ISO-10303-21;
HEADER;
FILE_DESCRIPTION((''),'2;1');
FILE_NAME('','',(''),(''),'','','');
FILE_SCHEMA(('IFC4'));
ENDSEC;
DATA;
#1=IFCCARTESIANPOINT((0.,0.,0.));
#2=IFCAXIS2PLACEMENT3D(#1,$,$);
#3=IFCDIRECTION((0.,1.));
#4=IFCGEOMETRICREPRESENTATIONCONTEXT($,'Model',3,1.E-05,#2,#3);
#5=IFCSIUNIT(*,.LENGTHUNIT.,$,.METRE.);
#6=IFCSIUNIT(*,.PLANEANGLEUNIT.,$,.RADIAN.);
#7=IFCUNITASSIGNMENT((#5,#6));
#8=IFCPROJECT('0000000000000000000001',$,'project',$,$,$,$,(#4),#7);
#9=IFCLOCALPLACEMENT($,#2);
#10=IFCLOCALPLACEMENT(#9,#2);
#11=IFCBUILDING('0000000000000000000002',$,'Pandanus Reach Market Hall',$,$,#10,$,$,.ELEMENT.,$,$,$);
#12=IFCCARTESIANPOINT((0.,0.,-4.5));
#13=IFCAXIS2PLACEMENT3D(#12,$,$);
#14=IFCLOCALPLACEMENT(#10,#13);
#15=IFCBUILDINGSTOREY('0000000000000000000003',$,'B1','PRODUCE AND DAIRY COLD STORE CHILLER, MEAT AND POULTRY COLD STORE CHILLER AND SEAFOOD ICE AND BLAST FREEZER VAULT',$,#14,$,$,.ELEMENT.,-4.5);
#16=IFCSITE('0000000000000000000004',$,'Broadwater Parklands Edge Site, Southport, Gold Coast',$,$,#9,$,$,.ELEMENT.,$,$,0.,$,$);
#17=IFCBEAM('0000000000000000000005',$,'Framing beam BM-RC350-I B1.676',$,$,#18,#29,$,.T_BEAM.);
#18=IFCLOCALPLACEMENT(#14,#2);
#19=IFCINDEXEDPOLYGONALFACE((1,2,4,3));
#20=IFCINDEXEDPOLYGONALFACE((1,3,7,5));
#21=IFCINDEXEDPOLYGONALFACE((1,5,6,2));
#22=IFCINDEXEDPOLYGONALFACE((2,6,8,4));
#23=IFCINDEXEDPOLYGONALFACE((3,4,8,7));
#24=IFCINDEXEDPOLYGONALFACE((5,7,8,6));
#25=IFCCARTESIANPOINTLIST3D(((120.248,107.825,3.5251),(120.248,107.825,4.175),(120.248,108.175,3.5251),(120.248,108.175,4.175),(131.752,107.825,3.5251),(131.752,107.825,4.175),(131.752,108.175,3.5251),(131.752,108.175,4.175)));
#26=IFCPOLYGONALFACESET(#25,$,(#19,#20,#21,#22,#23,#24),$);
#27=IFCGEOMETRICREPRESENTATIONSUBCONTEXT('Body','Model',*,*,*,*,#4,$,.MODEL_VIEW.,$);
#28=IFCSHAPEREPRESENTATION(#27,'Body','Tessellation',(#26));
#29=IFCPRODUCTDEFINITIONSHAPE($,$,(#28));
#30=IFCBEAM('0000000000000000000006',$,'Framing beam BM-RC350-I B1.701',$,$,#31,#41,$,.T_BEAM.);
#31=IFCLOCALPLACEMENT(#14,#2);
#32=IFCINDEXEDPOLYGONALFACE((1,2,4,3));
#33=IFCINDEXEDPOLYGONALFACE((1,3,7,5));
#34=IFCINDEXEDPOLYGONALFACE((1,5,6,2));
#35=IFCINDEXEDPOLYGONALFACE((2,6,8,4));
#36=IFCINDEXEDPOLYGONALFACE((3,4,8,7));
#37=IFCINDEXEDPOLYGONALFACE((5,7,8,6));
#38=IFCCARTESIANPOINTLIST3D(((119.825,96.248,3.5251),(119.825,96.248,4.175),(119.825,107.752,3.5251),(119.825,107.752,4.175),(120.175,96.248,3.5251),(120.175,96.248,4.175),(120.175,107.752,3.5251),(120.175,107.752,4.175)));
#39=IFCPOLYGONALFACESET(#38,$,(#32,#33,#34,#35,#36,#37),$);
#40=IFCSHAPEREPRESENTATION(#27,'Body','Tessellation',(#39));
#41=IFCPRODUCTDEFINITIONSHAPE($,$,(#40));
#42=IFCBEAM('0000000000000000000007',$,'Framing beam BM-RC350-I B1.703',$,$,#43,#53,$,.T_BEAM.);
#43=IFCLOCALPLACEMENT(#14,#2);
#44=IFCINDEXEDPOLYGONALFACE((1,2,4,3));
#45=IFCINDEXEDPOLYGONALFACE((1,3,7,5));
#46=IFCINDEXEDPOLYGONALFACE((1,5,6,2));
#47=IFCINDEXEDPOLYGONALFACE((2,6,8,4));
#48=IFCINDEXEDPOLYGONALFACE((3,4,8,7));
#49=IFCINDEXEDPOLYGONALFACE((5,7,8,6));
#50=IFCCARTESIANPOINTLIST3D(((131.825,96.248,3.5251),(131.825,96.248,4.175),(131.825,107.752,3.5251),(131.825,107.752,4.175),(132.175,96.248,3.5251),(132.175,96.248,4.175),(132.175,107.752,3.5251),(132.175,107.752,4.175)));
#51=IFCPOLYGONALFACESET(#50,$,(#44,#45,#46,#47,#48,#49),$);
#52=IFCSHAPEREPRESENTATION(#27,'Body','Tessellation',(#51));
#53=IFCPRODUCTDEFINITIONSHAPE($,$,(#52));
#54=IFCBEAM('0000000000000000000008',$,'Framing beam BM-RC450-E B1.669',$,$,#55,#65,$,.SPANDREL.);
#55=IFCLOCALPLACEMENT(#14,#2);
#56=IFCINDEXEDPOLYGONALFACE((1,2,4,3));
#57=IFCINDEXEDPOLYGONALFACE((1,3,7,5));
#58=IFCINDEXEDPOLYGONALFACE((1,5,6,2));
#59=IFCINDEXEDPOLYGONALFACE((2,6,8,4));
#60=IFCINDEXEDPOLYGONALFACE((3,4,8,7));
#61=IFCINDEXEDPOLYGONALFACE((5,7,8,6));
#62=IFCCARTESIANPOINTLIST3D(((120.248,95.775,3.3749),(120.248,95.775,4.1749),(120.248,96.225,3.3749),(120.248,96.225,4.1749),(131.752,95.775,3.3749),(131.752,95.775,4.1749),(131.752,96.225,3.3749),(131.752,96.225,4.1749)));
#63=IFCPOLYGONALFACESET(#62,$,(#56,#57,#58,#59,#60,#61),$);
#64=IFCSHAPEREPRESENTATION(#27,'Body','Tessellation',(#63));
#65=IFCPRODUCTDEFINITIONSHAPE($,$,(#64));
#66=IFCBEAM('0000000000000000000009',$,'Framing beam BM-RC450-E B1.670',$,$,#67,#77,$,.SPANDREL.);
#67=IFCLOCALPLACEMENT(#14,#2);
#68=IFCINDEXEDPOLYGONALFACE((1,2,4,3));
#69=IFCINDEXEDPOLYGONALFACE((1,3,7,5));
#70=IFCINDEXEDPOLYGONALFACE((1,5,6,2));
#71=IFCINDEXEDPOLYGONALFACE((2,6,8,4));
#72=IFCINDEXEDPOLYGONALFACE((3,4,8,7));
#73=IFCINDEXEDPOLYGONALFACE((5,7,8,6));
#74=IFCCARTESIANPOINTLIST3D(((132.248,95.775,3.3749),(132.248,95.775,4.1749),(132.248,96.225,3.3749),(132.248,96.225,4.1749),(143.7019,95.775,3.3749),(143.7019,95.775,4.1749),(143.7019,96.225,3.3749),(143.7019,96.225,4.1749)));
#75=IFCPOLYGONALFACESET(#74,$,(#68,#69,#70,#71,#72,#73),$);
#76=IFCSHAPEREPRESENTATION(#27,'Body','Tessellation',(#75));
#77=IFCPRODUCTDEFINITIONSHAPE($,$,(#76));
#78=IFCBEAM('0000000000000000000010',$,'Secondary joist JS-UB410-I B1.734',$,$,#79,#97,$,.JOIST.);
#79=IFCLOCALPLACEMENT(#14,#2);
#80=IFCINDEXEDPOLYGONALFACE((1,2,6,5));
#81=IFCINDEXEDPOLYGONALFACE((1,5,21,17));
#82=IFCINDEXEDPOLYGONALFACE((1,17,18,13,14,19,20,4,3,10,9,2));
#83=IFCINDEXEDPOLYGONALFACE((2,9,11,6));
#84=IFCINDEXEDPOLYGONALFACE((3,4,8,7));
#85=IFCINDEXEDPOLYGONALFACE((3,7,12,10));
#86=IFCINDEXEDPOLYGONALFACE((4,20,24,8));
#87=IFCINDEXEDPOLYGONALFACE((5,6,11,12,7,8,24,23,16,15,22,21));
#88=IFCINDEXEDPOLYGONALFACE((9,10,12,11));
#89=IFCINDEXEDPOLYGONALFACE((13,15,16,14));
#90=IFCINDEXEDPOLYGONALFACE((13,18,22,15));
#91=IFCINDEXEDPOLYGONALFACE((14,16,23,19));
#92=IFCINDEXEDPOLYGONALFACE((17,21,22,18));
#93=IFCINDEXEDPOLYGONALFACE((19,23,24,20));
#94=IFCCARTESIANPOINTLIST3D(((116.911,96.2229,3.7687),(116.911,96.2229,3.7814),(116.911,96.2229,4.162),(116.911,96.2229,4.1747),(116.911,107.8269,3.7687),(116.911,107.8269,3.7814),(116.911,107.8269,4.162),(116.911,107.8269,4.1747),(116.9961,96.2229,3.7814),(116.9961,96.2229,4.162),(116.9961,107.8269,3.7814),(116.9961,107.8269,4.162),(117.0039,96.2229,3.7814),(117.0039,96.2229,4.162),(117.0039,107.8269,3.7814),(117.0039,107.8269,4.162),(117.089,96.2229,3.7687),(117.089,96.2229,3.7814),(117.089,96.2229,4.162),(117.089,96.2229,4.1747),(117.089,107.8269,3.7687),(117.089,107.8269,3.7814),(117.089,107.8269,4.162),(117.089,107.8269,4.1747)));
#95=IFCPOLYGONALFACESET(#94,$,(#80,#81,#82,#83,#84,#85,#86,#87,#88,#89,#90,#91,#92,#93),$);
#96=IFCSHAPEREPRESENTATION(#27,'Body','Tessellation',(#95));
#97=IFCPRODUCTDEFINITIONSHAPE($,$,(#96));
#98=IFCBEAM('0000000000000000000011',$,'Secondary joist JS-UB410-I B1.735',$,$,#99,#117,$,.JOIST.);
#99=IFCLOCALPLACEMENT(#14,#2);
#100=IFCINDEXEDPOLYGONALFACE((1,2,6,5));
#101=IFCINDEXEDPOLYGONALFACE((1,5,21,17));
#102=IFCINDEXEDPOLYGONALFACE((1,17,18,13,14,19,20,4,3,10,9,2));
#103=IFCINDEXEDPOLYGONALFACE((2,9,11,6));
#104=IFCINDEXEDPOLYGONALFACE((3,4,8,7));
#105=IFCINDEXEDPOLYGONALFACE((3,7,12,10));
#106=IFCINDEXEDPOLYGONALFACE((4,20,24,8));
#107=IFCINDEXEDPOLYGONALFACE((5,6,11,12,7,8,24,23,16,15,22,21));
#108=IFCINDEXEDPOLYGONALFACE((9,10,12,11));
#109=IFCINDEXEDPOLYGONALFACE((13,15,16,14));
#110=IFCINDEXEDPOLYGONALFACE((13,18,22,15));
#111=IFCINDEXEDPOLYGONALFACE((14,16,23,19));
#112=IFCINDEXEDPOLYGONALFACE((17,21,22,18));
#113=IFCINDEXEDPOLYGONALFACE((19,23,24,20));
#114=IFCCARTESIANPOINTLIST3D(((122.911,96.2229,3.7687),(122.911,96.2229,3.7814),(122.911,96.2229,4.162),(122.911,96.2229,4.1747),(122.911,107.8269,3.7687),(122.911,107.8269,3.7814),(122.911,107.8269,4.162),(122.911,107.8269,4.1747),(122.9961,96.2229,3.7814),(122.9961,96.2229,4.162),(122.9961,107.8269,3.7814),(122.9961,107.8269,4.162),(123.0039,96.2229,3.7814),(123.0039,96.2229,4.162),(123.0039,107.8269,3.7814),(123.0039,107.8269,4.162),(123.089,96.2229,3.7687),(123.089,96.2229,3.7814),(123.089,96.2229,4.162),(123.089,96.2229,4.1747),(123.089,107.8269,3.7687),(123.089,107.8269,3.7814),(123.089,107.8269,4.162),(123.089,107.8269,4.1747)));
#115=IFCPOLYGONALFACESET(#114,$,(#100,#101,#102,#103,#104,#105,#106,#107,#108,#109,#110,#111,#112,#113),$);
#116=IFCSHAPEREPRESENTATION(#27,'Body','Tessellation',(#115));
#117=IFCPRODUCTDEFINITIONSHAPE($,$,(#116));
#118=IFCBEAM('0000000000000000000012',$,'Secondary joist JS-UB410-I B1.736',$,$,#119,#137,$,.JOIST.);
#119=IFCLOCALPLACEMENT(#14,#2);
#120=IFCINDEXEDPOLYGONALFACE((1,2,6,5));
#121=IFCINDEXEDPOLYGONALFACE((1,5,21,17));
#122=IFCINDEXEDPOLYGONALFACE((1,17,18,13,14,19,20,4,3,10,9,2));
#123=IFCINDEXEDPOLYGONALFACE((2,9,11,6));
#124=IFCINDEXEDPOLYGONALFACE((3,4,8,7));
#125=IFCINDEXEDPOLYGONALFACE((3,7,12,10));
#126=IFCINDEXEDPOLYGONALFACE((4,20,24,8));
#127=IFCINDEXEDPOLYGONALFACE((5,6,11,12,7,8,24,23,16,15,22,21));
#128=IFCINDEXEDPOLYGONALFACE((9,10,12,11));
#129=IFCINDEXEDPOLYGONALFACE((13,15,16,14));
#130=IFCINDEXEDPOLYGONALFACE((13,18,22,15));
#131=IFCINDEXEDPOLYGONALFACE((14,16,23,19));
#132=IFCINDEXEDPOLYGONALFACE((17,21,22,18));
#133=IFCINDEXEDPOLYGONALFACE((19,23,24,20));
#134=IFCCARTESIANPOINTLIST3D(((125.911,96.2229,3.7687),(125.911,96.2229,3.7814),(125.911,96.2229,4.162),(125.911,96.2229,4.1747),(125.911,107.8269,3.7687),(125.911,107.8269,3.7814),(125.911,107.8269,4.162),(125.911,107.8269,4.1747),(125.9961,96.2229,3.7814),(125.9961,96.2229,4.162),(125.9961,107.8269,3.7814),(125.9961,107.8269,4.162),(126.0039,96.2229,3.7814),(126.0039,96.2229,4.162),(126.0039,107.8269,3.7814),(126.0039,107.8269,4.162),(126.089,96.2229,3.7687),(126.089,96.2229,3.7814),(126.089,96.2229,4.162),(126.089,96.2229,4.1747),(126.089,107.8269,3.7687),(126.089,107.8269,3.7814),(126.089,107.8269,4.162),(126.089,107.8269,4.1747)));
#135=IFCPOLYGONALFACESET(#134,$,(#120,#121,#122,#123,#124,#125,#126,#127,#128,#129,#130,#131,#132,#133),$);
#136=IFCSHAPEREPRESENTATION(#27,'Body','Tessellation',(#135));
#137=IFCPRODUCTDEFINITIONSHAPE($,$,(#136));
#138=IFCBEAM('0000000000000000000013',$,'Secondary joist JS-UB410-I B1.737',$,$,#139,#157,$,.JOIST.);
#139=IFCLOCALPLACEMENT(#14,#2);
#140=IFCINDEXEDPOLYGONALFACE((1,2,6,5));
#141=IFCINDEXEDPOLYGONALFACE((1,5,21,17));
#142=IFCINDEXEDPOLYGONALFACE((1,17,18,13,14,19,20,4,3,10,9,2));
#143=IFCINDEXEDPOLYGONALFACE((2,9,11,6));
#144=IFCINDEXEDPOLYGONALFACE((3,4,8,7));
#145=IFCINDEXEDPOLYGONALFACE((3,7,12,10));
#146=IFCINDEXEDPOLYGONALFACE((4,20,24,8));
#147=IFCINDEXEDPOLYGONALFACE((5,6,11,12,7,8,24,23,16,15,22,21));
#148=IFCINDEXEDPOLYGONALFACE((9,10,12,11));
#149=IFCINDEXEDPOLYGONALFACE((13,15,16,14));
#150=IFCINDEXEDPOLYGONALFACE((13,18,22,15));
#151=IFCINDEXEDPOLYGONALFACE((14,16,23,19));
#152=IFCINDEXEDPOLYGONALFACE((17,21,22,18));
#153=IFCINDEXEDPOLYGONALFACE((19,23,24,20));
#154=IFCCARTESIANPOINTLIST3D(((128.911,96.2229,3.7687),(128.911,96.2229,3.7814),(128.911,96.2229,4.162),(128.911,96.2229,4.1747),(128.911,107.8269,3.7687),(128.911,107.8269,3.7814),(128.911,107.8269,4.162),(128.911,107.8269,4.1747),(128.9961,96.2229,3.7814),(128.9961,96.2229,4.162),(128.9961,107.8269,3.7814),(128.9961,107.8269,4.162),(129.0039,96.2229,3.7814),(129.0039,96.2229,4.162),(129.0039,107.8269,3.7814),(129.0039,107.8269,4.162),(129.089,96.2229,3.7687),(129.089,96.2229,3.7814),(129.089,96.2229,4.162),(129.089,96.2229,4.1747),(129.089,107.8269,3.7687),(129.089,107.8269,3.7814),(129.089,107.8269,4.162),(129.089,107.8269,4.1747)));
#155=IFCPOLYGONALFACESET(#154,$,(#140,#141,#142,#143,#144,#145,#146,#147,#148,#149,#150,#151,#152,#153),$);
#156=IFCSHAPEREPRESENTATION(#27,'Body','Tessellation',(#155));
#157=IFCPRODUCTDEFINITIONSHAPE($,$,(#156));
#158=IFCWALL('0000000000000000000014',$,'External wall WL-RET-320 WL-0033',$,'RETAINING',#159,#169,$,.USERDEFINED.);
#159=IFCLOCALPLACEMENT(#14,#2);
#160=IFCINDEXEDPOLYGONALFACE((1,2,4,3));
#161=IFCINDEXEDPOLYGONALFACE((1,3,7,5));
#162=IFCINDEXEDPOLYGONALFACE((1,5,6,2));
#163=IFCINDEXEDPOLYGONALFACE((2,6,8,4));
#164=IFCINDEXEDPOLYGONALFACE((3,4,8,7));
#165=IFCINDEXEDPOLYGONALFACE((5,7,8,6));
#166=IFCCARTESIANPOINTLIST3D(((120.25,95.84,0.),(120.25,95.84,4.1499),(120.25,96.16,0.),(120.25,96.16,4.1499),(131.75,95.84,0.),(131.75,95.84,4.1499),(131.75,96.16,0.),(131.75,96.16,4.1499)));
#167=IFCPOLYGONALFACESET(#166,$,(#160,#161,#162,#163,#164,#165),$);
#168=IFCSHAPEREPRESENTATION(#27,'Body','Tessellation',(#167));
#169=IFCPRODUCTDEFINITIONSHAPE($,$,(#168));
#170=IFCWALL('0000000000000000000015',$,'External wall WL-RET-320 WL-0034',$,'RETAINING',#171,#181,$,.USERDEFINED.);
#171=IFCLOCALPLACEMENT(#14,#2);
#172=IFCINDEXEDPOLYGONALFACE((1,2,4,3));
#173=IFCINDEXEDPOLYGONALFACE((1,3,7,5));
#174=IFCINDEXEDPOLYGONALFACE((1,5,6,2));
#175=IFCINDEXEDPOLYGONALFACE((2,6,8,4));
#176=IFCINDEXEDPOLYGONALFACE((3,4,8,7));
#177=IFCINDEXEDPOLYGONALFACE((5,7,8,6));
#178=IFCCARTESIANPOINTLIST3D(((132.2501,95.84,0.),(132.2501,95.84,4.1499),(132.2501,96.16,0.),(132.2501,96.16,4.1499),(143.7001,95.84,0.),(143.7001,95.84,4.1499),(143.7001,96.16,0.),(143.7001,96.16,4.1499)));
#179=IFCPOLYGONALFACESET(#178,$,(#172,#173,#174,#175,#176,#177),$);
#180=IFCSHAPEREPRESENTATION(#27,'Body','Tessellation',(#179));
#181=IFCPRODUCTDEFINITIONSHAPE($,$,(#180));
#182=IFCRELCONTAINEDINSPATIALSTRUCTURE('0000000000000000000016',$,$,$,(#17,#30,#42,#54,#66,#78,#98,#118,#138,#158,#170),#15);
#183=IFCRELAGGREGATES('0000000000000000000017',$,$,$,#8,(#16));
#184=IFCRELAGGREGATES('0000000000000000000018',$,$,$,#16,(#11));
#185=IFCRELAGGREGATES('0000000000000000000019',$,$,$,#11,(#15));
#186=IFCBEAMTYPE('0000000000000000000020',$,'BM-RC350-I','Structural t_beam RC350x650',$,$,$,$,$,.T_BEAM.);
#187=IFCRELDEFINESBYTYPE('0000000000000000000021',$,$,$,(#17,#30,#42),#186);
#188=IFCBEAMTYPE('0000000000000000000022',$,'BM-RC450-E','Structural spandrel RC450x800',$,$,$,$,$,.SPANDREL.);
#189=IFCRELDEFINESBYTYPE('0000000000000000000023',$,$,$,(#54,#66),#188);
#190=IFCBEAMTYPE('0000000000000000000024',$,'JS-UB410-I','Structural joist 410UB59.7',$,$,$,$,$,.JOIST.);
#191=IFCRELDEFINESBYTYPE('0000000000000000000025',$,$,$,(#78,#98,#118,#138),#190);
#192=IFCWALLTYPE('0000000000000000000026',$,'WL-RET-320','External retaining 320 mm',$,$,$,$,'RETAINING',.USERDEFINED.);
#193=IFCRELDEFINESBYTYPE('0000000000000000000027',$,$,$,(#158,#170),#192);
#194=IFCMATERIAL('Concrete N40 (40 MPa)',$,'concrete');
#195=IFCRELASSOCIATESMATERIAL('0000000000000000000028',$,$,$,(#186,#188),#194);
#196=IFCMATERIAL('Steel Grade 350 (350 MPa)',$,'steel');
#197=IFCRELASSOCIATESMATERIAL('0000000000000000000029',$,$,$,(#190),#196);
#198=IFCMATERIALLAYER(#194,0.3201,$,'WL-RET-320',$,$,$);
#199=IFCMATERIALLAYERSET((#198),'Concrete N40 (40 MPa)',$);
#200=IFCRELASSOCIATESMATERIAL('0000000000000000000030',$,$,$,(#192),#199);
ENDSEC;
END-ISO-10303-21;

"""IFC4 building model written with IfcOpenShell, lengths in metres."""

from ifc_helpers import new_model, si_unit, direction, frame, frame_2d, origin, origin_2d, place, context, subcontext, project, spatial, rectangle, i_section, extrude, material, layer, layer_set, material_profile, profile_set, type_object, element, save


model = new_model("IFC4")

# Units and contexts
model_context = context("Model", 3, precision=1e-05, world=origin(), true_north=direction((0.0, 1.0)))
body_context = subcontext(model_context, "Body", "Model", "MODEL_VIEW")
ifc_project = project(units=[si_unit("LENGTHUNIT", "METRE"), si_unit("PLANEANGLEUNIT", "RADIAN")], contexts=[model_context])

# Site, building, storey
site_placement = place(None, origin())
site = spatial("IfcSite", under=ifc_project, at=site_placement, Name="Broadwater Parklands Edge Site, Southport, Gold Coast", CompositionType="ELEMENT", RefElevation=0.0)
building_placement = place(site_placement, origin())
building = spatial("IfcBuilding", under=site, at=building_placement, Name="Pandanus Reach Market Hall", CompositionType="ELEMENT")
storey_placement = place(building_placement, frame((0.0, 0.0, -4.5)))
storey = spatial("IfcBuildingStorey", under=building, at=storey_placement, Name="B1", Description="PRODUCE AND DAIRY COLD STORE CHILLER, MEAT AND POULTRY COLD STORE CHILLER AND SEAFOOD ICE AND BLAST FREEZER VAULT", CompositionType="ELEMENT", Elevation=-4.5)

# Shared definitions
ifc_material_1 = material(Name="Concrete N40 (40 MPa)", Category="concrete")

# Beams
ifc_material_profile_1 = material_profile(ifc_material_1, rectangle(XDim=0.3501, YDim=0.6499, at=origin_2d()), Name="RC350x650", Category="LoadBearing")
ifc_profile_set_1 = profile_set([ifc_material_profile_1], Name="Concrete N40 (40 MPa)")
beam_type_1 = type_object("IfcBeamType", Name="BM-RC350-I", Description="Structural t_beam RC350x650", PredefinedType="T_BEAM", material=ifc_profile_set_1)
for number, where, z_axis, x_axis, name in (
    (1, (120.248, 108.0, 3.8501), (1.0, 0.0, 0.0), (0.0, 1.0, 0.0), "Framing beam BM-RC350-I B1.676"),
    (2, (120.0, 96.248, 3.8501), (0.0, 1.0, 0.0), (-1.0, 0.0, 0.0), "Framing beam BM-RC350-I B1.701"),
    (3, (132.0, 96.248, 3.8501), (0.0, 1.0, 0.0), (-1.0, 0.0, 0.0), "Framing beam BM-RC350-I B1.703"),
):
    element("IfcBeam", number, at=place(storey_placement, frame(where, z_axis=z_axis, x_axis=x_axis)), inside=storey, type_object=beam_type_1, Name=name, PredefinedType="T_BEAM", context=body_context, shape_type="SweptSolid", body=[
        extrude(rectangle(XDim=0.3501, YDim=0.6499, at=origin_2d()), origin(), (0.0, 0.0, 1.0), 11.5039),
    ])
ifc_material_profile_2 = material_profile(ifc_material_1, rectangle(XDim=0.45, YDim=0.8, at=origin_2d()), Name="RC450x800", Category="LoadBearing")
ifc_profile_set_2 = profile_set([ifc_material_profile_2], Name="Concrete N40 (40 MPa)")
beam_type_2 = type_object("IfcBeamType", Name="BM-RC450-E", Description="Structural spandrel RC450x800", PredefinedType="SPANDREL", material=ifc_profile_set_2)
beam_1_placement = place(storey_placement, frame((120.248, 96.0, 3.7749), z_axis=(1.0, 0.0, 0.0), x_axis=(0.0, 1.0, 0.0)))
element("IfcBeam", 4, at=beam_1_placement, inside=storey, type_object=beam_type_2, Name="Framing beam BM-RC450-E B1.669", PredefinedType="SPANDREL", context=body_context, shape_type="SweptSolid", body=[
    extrude(rectangle(XDim=0.45, YDim=0.8, at=origin_2d()), origin(), (0.0, 0.0, 1.0), 11.5039),
])
beam_2_placement = place(storey_placement, frame((132.248, 96.0, 3.7749), z_axis=(1.0, 0.0, 0.0), x_axis=(0.0, 1.0, 0.0)))
element("IfcBeam", 5, at=beam_2_placement, inside=storey, type_object=beam_type_2, Name="Framing beam BM-RC450-E B1.670", PredefinedType="SPANDREL", context=body_context, shape_type="SweptSolid", body=[
    extrude(rectangle(XDim=0.45, YDim=0.8, at=origin_2d()), origin(), (0.0, 0.0, 1.0), 11.4539),
])
ifc_material_2 = material(Name="Steel Grade 350 (350 MPa)", Category="steel")
ifc_material_profile_3 = material_profile(ifc_material_2, i_section(OverallWidth=0.178, OverallDepth=0.406, WebThickness=0.0078, FlangeThickness=0.0127, at=origin_2d()), Name="410UB59.7", Category="LoadBearing")
ifc_profile_set_3 = profile_set([ifc_material_profile_3], Name="Steel Grade 350 (350 MPa)")
beam_type_3 = type_object("IfcBeamType", Name="JS-UB410-I", Description="Structural joist 410UB59.7", PredefinedType="JOIST", material=ifc_profile_set_3)
for number, where, z_axis, x_axis, name in (
    (6, (117.0, 96.2229, 3.9717), (0.0, 1.0, 0.0), (-1.0, 0.0, 0.0), "Secondary joist JS-UB410-I B1.734"),
    (7, (123.0, 96.2229, 3.9717), (0.0, 1.0, 0.0), (-1.0, 0.0, 0.0), "Secondary joist JS-UB410-I B1.735"),
    (8, (126.0, 96.2229, 3.9717), (0.0, 1.0, 0.0), (-1.0, 0.0, 0.0), "Secondary joist JS-UB410-I B1.736"),
    (9, (129.0, 96.2229, 3.9717), (0.0, 1.0, 0.0), (-1.0, 0.0, 0.0), "Secondary joist JS-UB410-I B1.737"),
):
    element("IfcBeam", number, at=place(storey_placement, frame(where, z_axis=z_axis, x_axis=x_axis)), inside=storey, type_object=beam_type_3, Name=name, PredefinedType="JOIST", context=body_context, shape_type="SweptSolid", body=[
        extrude(i_section(OverallWidth=0.178, OverallDepth=0.406, WebThickness=0.0078, FlangeThickness=0.0127, at=origin_2d()), origin(), (0.0, 0.0, 1.0), 11.604),
    ])

# Walls
ifc_layer = layer(ifc_material_1, 0.3201, Name="WL-RET-320")
ifc_layer_set = layer_set([ifc_layer], Name="Concrete N40 (40 MPa)")
wall_type = type_object("IfcWallType", Name="WL-RET-320", Description="External retaining 320 mm", ElementType="RETAINING", PredefinedType="USERDEFINED", material=ifc_layer_set)
wall_1_placement = place(storey_placement, frame((120.25, 96.0, 0.0), z_axis=(0.0, 0.0, 1.0), x_axis=(1.0, 0.0, 0.0)))
element("IfcWall", 10, at=wall_1_placement, inside=storey, type_object=wall_type, Name="External wall WL-RET-320 WL-0033", ObjectType="RETAINING", PredefinedType="USERDEFINED", context=body_context, shape_type="SweptSolid", body=[
    extrude(rectangle(XDim=11.5, YDim=0.3201, at=frame_2d((5.75, 0.0))), origin(), (0.0, 0.0, 1.0), 4.1499),
])
wall_2_placement = place(storey_placement, frame((132.25, 96.0, 0.0), z_axis=(0.0, 0.0, 1.0), x_axis=(1.0, 0.0, 0.0)))
element("IfcWall", 11, at=wall_2_placement, inside=storey, type_object=wall_type, Name="External wall WL-RET-320 WL-0034", ObjectType="RETAINING", PredefinedType="USERDEFINED", context=body_context, shape_type="SweptSolid", body=[
    extrude(rectangle(XDim=11.45, YDim=0.3201, at=frame_2d((5.7251, 0.0))), origin(), (0.0, 0.0, 1.0), 4.1499),
])

save(model, "model.ifc")
